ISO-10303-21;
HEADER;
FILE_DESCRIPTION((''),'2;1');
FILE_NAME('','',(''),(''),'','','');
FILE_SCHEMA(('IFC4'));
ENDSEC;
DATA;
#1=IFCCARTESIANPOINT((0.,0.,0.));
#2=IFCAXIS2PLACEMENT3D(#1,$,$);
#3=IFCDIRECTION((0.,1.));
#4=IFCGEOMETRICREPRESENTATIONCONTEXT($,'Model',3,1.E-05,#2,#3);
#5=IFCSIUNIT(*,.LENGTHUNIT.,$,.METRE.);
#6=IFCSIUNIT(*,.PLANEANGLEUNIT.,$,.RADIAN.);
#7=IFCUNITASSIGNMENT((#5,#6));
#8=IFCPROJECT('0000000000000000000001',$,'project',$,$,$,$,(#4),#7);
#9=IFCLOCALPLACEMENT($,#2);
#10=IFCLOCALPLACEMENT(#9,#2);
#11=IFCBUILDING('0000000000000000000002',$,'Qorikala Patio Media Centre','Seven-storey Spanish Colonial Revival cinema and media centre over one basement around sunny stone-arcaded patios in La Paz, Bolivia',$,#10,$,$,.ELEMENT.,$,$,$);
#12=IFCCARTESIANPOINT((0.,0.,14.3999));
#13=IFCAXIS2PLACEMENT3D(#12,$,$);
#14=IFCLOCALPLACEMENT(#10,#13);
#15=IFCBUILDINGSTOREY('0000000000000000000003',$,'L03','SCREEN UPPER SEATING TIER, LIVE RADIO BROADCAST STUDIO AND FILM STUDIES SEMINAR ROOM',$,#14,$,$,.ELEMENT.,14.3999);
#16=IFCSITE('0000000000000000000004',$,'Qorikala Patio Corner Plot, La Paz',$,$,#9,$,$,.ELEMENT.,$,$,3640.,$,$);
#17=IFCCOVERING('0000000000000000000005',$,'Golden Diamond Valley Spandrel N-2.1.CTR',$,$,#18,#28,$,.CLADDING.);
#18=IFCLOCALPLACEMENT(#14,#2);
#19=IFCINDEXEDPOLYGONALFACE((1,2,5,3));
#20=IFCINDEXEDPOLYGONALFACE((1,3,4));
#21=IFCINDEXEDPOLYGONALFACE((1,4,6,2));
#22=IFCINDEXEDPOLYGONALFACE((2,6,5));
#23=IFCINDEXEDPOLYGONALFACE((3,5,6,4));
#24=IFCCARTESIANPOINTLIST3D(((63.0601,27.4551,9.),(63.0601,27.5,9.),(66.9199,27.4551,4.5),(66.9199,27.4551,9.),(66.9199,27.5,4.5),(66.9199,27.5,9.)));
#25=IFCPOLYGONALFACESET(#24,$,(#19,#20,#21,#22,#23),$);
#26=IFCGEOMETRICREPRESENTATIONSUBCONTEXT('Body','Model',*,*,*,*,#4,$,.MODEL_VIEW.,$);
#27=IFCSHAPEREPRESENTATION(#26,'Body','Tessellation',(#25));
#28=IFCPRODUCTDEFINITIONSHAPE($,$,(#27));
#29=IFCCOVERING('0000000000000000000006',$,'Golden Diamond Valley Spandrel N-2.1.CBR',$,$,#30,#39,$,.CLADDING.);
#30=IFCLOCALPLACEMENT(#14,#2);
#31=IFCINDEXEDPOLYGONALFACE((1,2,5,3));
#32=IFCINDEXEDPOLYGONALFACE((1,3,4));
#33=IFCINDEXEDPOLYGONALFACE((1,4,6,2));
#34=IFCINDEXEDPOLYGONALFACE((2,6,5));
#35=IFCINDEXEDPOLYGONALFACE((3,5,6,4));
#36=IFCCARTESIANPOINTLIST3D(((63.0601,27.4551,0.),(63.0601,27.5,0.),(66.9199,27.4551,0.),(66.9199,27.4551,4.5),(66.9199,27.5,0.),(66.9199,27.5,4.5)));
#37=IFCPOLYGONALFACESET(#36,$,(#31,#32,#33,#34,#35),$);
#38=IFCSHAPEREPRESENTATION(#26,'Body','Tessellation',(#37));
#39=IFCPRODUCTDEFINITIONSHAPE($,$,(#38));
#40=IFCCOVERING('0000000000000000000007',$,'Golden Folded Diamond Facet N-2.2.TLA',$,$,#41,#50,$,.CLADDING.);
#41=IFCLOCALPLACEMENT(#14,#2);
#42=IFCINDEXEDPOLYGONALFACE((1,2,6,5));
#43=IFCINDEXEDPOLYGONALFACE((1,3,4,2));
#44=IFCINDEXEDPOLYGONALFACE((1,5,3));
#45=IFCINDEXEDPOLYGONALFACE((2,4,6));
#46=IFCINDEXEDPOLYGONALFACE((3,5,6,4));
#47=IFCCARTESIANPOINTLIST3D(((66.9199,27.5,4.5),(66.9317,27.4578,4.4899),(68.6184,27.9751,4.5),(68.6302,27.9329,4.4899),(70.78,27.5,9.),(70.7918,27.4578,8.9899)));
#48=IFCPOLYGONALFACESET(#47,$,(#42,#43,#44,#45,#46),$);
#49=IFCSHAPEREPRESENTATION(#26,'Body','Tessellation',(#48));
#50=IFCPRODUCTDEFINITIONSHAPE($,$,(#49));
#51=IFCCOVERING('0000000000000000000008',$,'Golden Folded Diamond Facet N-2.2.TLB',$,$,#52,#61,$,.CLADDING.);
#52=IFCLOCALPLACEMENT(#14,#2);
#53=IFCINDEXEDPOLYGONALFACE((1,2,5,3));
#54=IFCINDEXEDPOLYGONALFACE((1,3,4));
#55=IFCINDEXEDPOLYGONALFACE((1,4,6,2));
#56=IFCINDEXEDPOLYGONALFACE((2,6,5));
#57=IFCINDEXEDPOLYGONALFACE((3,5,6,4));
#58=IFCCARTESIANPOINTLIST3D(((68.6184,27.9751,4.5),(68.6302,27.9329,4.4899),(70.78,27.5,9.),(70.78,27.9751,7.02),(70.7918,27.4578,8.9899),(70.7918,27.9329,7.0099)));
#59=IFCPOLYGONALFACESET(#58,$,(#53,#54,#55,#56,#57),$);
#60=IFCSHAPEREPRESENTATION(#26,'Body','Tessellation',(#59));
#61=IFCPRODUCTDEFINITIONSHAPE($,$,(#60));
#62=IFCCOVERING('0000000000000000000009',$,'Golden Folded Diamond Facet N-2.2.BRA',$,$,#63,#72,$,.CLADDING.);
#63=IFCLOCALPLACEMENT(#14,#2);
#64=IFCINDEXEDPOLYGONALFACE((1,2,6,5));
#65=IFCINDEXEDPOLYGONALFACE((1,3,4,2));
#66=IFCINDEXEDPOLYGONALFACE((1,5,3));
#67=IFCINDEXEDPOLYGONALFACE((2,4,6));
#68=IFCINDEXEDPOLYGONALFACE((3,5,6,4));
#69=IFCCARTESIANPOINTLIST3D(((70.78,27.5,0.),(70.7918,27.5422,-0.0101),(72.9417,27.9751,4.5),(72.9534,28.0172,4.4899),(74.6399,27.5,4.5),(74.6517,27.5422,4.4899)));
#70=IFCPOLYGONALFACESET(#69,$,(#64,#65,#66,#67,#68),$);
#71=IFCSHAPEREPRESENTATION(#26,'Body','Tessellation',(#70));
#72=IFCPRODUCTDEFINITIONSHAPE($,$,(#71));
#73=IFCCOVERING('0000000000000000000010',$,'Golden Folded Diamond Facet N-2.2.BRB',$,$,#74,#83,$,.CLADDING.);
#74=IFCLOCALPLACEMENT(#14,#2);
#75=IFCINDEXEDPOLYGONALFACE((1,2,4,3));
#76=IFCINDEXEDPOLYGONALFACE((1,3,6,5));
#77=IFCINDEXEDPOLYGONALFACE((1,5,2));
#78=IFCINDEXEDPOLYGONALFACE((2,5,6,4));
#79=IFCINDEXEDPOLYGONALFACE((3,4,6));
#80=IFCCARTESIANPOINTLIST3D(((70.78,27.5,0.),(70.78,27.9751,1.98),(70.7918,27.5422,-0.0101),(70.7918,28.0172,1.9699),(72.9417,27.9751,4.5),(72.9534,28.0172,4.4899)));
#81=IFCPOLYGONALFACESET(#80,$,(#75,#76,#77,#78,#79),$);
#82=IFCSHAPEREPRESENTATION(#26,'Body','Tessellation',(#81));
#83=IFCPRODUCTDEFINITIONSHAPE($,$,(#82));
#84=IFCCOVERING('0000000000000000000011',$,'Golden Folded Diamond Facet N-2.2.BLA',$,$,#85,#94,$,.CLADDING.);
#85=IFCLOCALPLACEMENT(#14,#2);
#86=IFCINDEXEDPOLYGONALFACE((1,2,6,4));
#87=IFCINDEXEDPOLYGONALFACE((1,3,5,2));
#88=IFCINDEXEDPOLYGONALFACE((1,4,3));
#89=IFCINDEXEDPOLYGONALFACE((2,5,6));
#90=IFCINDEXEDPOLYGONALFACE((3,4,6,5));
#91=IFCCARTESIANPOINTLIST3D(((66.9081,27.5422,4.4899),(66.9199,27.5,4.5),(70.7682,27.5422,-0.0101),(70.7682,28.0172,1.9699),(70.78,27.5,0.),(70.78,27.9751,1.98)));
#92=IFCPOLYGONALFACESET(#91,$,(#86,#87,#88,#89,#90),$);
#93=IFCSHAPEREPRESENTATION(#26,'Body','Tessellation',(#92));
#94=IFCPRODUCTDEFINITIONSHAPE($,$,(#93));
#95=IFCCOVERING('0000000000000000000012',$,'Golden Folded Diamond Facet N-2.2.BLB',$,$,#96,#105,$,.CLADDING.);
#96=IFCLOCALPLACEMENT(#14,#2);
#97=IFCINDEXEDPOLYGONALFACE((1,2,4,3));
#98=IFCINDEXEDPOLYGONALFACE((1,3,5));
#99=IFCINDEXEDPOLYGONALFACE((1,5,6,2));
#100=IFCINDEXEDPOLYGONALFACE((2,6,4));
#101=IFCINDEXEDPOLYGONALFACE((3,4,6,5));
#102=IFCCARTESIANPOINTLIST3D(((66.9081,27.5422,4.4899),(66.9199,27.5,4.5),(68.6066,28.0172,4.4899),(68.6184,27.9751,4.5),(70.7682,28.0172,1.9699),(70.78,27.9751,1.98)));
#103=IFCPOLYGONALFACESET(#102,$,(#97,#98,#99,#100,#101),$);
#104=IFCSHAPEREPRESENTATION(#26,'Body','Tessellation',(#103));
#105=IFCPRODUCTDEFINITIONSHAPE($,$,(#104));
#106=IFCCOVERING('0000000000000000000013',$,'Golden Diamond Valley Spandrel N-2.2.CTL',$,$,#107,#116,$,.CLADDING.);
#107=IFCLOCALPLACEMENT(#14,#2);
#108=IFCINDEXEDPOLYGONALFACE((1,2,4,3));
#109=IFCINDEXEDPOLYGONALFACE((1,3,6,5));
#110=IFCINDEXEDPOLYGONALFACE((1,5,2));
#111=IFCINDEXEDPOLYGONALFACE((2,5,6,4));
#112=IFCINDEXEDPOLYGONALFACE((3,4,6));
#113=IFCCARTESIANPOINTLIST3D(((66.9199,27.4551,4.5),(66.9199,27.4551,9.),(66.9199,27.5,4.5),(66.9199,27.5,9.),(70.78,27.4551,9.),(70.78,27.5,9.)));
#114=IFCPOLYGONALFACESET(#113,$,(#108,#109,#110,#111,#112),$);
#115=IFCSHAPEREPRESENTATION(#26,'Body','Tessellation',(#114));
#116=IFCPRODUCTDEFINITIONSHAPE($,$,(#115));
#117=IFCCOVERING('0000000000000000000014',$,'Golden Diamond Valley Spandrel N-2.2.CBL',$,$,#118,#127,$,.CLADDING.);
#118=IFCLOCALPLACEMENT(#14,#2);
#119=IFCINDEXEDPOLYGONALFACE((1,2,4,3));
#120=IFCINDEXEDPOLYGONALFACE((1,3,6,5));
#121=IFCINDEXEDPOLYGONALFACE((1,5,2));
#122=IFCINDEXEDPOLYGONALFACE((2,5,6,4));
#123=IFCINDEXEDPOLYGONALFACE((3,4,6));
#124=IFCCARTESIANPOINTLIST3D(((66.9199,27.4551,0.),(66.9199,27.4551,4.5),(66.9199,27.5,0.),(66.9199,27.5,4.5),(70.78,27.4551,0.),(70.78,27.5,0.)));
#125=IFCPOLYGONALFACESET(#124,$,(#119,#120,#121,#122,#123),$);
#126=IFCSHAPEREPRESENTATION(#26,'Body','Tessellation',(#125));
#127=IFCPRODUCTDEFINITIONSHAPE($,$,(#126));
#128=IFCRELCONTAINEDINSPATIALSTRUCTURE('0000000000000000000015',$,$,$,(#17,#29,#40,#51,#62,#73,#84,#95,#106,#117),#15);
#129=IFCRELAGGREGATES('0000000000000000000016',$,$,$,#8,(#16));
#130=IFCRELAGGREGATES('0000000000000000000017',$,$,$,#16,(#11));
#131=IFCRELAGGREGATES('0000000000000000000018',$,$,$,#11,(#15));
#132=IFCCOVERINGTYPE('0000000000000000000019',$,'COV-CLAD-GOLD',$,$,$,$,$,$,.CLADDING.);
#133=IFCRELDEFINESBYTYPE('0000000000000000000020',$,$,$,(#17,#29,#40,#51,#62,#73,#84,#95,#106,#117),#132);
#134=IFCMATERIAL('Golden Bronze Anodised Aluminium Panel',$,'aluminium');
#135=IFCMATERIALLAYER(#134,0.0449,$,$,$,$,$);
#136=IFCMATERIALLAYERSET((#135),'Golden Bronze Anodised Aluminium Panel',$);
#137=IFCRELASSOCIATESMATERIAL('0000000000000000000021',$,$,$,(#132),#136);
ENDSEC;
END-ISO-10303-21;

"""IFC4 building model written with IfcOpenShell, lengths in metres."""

from ifc_helpers import new_model, si_unit, direction, frame, origin, place, context, subcontext, project, spatial, polyline, outline, extrude, material, layer, layer_set, type_object, element, save


model = new_model("IFC4")

# Units and contexts
model_context = context("Model", 3, precision=1e-05, world=origin(), true_north=direction((0.0, 1.0)))
body_context = subcontext(model_context, "Body", "Model", "MODEL_VIEW")
ifc_project = project(units=[si_unit("LENGTHUNIT", "METRE"), si_unit("PLANEANGLEUNIT", "RADIAN")], contexts=[model_context])

# Site, building, storey
site_placement = place(None, origin())
site = spatial("IfcSite", under=ifc_project, at=site_placement, Name="Qorikala Patio Corner Plot, La Paz", CompositionType="ELEMENT", RefElevation=3640.0)
building_placement = place(site_placement, origin())
building = spatial("IfcBuilding", under=site, at=building_placement, Name="Qorikala Patio Media Centre", Description="Seven-storey Spanish Colonial Revival cinema and media centre over one basement around sunny stone-arcaded patios in La Paz, Bolivia", CompositionType="ELEMENT")
storey_placement = place(building_placement, frame((0.0, 0.0, 14.3999)))
storey = spatial("IfcBuildingStorey", under=building, at=storey_placement, Name="L03", Description="SCREEN UPPER SEATING TIER, LIVE RADIO BROADCAST STUDIO AND FILM STUDIES SEMINAR ROOM", CompositionType="ELEMENT", Elevation=14.3999)

# Coverings
ifc_material_1 = material(Name="Golden Bronze Anodised Aluminium Panel", Category="aluminium")
ifc_layer_1 = layer(ifc_material_1, 0.0449)
ifc_layer_set_1 = layer_set([ifc_layer_1], Name="Golden Bronze Anodised Aluminium Panel")
covering_type = type_object("IfcCoveringType", Name="COV-CLAD-GOLD", PredefinedType="CLADDING", material=ifc_layer_set_1)
covering_1_placement = place(storey_placement, frame((66.9199, 27.5, 9.0), z_axis=(0.0, 1.0, 0.0), x_axis=(0.0, 0.0, -1.0)))
element("IfcCovering", 1, at=covering_1_placement, inside=storey, type_object=covering_type, Name="Golden Diamond Valley Spandrel N-2.1.CTR", PredefinedType="CLADDING", context=body_context, shape_type="SweptSolid", body=[
    extrude(outline(polyline([(0.0, 0.0), (4.5, 0.0), (0.0, 3.8599), (0.0, 0.0)])), origin(), (0.0, 0.0, -1.0), 0.0449),
])
covering_2_placement = place(storey_placement, frame((66.9199, 27.5, 0.0), z_axis=(0.0, 1.0, 0.0), x_axis=(-1.0, 0.0, 0.0)))
element("IfcCovering", 2, at=covering_2_placement, inside=storey, type_object=covering_type, Name="Golden Diamond Valley Spandrel N-2.1.CBR", PredefinedType="CLADDING", context=body_context, shape_type="SweptSolid", body=[
    extrude(outline(polyline([(0.0, 0.0), (3.8599, 0.0), (0.0, 4.5), (0.0, 0.0)])), origin(), (0.0, 0.0, -1.0), 0.0449),
])
covering_3_placement = place(storey_placement, frame((70.78, 27.5, 9.0), z_axis=(-0.262462, 0.93831, 0.225141), x_axis=(-0.65108, 0.0, -0.759009)))
element("IfcCovering", 3, at=covering_3_placement, inside=storey, type_object=covering_type, Name="Golden Folded Diamond Facet N-2.2.TLA", PredefinedType="CLADDING", context=body_context, shape_type="SweptSolid", body=[
    extrude(outline(polyline([(0.0, 0.0), (5.9288, 0.0), (4.8229, -1.3739), (0.0, 0.0)])), origin(), (0.0, 0.0, -1.0), 0.0449),
])
covering_4_placement = place(storey_placement, frame((70.78, 27.5, 9.0), z_axis=(-0.262476, 0.938304, 0.225147), x_axis=(-0.431047, 0.094739, -0.897342)))
element("IfcCovering", 4, at=covering_4_placement, inside=storey, type_object=covering_type, Name="Golden Folded Diamond Facet N-2.2.TLB", PredefinedType="CLADDING", context=body_context, shape_type="SweptSolid", body=[
    extrude(outline(polyline([(0.0, 0.0), (5.0148, 0.0), (1.8217, -0.9096), (0.0, 0.0)])), origin(), (0.0, 0.0, -1.0), 0.0449),
])
covering_5_placement = place(storey_placement, frame((70.78, 27.5, 0.0), z_axis=(-0.262496, -0.938297, 0.225156), x_axis=(0.651056, 0.0, 0.75903)))
element("IfcCovering", 5, at=covering_5_placement, inside=storey, type_object=covering_type, Name="Golden Folded Diamond Facet N-2.2.BRA", PredefinedType="CLADDING", context=body_context, shape_type="SweptSolid", body=[
    extrude(outline(polyline([(0.0, 0.0), (5.9286, 0.0), (4.823, 1.3738), (0.0, 0.0)])), origin(), (0.0, 0.0, -1.0), 0.0449),
])
covering_6_placement = place(storey_placement, frame((70.78, 27.5, 0.0), z_axis=(-0.262476, -0.938304, 0.225147), x_axis=(0.431047, 0.094739, 0.897342)))
element("IfcCovering", 6, at=covering_6_placement, inside=storey, type_object=covering_type, Name="Golden Folded Diamond Facet N-2.2.BRB", PredefinedType="CLADDING", context=body_context, shape_type="SweptSolid", body=[
    extrude(outline(polyline([(0.0, 0.0), (5.0148, 0.0), (1.8217, 0.9096), (0.0, 0.0)])), origin(), (0.0, 0.0, -1.0), 0.0449),
])
covering_7_placement = place(storey_placement, frame((66.9199, 27.5, 4.5), z_axis=(0.26247, -0.938306, 0.225147), x_axis=(0.65108, 0.0, -0.759009)))
element("IfcCovering", 7, at=covering_7_placement, inside=storey, type_object=covering_type, Name="Golden Folded Diamond Facet N-2.2.BLA", PredefinedType="CLADDING", context=body_context, shape_type="SweptSolid", body=[
    extrude(outline(polyline([(0.0, 0.0), (5.9288, 0.0), (4.426, 1.3739), (0.0, 0.0)])), origin(), (0.0, 0.0, -1.0), 0.0449),
])
covering_8_placement = place(storey_placement, frame((66.9199, 27.5, 4.5), z_axis=(0.262463, -0.938311, 0.225135), x_axis=(0.832945, 0.102518, -0.543777)))
element("IfcCovering", 8, at=covering_8_placement, inside=storey, type_object=covering_type, Name="Golden Folded Diamond Facet N-2.2.BLB", PredefinedType="CLADDING", context=body_context, shape_type="SweptSolid", body=[
    extrude(outline(polyline([(0.0, 0.0), (4.6343, 0.0), (1.4635, 0.9843), (0.0, 0.0)])), origin(), (0.0, 0.0, -1.0), 0.0449),
])
covering_9_placement = place(storey_placement, frame((66.9199, 27.5, 9.0), z_axis=(0.0, 1.0, 0.0), x_axis=(1.0, 0.0, 0.0)))
element("IfcCovering", 9, at=covering_9_placement, inside=storey, type_object=covering_type, Name="Golden Diamond Valley Spandrel N-2.2.CTL", PredefinedType="CLADDING", context=body_context, shape_type="SweptSolid", body=[
    extrude(outline(polyline([(0.0, 0.0), (3.8601, 0.0), (0.0, 4.5), (0.0, 0.0)])), origin(), (0.0, 0.0, -1.0), 0.0449),
])
covering_10_placement = place(storey_placement, frame((66.9199, 27.5, 0.0), z_axis=(0.0, 1.0, 0.0), x_axis=(0.0, 0.0, 1.0)))
element("IfcCovering", 10, at=covering_10_placement, inside=storey, type_object=covering_type, Name="Golden Diamond Valley Spandrel N-2.2.CBL", PredefinedType="CLADDING", context=body_context, shape_type="SweptSolid", body=[
    extrude(outline(polyline([(0.0, 0.0), (4.5, 0.0), (0.0, 3.8601), (0.0, 0.0)])), origin(), (0.0, 0.0, -1.0), 0.0449),
])

save(model, "model.ifc")
